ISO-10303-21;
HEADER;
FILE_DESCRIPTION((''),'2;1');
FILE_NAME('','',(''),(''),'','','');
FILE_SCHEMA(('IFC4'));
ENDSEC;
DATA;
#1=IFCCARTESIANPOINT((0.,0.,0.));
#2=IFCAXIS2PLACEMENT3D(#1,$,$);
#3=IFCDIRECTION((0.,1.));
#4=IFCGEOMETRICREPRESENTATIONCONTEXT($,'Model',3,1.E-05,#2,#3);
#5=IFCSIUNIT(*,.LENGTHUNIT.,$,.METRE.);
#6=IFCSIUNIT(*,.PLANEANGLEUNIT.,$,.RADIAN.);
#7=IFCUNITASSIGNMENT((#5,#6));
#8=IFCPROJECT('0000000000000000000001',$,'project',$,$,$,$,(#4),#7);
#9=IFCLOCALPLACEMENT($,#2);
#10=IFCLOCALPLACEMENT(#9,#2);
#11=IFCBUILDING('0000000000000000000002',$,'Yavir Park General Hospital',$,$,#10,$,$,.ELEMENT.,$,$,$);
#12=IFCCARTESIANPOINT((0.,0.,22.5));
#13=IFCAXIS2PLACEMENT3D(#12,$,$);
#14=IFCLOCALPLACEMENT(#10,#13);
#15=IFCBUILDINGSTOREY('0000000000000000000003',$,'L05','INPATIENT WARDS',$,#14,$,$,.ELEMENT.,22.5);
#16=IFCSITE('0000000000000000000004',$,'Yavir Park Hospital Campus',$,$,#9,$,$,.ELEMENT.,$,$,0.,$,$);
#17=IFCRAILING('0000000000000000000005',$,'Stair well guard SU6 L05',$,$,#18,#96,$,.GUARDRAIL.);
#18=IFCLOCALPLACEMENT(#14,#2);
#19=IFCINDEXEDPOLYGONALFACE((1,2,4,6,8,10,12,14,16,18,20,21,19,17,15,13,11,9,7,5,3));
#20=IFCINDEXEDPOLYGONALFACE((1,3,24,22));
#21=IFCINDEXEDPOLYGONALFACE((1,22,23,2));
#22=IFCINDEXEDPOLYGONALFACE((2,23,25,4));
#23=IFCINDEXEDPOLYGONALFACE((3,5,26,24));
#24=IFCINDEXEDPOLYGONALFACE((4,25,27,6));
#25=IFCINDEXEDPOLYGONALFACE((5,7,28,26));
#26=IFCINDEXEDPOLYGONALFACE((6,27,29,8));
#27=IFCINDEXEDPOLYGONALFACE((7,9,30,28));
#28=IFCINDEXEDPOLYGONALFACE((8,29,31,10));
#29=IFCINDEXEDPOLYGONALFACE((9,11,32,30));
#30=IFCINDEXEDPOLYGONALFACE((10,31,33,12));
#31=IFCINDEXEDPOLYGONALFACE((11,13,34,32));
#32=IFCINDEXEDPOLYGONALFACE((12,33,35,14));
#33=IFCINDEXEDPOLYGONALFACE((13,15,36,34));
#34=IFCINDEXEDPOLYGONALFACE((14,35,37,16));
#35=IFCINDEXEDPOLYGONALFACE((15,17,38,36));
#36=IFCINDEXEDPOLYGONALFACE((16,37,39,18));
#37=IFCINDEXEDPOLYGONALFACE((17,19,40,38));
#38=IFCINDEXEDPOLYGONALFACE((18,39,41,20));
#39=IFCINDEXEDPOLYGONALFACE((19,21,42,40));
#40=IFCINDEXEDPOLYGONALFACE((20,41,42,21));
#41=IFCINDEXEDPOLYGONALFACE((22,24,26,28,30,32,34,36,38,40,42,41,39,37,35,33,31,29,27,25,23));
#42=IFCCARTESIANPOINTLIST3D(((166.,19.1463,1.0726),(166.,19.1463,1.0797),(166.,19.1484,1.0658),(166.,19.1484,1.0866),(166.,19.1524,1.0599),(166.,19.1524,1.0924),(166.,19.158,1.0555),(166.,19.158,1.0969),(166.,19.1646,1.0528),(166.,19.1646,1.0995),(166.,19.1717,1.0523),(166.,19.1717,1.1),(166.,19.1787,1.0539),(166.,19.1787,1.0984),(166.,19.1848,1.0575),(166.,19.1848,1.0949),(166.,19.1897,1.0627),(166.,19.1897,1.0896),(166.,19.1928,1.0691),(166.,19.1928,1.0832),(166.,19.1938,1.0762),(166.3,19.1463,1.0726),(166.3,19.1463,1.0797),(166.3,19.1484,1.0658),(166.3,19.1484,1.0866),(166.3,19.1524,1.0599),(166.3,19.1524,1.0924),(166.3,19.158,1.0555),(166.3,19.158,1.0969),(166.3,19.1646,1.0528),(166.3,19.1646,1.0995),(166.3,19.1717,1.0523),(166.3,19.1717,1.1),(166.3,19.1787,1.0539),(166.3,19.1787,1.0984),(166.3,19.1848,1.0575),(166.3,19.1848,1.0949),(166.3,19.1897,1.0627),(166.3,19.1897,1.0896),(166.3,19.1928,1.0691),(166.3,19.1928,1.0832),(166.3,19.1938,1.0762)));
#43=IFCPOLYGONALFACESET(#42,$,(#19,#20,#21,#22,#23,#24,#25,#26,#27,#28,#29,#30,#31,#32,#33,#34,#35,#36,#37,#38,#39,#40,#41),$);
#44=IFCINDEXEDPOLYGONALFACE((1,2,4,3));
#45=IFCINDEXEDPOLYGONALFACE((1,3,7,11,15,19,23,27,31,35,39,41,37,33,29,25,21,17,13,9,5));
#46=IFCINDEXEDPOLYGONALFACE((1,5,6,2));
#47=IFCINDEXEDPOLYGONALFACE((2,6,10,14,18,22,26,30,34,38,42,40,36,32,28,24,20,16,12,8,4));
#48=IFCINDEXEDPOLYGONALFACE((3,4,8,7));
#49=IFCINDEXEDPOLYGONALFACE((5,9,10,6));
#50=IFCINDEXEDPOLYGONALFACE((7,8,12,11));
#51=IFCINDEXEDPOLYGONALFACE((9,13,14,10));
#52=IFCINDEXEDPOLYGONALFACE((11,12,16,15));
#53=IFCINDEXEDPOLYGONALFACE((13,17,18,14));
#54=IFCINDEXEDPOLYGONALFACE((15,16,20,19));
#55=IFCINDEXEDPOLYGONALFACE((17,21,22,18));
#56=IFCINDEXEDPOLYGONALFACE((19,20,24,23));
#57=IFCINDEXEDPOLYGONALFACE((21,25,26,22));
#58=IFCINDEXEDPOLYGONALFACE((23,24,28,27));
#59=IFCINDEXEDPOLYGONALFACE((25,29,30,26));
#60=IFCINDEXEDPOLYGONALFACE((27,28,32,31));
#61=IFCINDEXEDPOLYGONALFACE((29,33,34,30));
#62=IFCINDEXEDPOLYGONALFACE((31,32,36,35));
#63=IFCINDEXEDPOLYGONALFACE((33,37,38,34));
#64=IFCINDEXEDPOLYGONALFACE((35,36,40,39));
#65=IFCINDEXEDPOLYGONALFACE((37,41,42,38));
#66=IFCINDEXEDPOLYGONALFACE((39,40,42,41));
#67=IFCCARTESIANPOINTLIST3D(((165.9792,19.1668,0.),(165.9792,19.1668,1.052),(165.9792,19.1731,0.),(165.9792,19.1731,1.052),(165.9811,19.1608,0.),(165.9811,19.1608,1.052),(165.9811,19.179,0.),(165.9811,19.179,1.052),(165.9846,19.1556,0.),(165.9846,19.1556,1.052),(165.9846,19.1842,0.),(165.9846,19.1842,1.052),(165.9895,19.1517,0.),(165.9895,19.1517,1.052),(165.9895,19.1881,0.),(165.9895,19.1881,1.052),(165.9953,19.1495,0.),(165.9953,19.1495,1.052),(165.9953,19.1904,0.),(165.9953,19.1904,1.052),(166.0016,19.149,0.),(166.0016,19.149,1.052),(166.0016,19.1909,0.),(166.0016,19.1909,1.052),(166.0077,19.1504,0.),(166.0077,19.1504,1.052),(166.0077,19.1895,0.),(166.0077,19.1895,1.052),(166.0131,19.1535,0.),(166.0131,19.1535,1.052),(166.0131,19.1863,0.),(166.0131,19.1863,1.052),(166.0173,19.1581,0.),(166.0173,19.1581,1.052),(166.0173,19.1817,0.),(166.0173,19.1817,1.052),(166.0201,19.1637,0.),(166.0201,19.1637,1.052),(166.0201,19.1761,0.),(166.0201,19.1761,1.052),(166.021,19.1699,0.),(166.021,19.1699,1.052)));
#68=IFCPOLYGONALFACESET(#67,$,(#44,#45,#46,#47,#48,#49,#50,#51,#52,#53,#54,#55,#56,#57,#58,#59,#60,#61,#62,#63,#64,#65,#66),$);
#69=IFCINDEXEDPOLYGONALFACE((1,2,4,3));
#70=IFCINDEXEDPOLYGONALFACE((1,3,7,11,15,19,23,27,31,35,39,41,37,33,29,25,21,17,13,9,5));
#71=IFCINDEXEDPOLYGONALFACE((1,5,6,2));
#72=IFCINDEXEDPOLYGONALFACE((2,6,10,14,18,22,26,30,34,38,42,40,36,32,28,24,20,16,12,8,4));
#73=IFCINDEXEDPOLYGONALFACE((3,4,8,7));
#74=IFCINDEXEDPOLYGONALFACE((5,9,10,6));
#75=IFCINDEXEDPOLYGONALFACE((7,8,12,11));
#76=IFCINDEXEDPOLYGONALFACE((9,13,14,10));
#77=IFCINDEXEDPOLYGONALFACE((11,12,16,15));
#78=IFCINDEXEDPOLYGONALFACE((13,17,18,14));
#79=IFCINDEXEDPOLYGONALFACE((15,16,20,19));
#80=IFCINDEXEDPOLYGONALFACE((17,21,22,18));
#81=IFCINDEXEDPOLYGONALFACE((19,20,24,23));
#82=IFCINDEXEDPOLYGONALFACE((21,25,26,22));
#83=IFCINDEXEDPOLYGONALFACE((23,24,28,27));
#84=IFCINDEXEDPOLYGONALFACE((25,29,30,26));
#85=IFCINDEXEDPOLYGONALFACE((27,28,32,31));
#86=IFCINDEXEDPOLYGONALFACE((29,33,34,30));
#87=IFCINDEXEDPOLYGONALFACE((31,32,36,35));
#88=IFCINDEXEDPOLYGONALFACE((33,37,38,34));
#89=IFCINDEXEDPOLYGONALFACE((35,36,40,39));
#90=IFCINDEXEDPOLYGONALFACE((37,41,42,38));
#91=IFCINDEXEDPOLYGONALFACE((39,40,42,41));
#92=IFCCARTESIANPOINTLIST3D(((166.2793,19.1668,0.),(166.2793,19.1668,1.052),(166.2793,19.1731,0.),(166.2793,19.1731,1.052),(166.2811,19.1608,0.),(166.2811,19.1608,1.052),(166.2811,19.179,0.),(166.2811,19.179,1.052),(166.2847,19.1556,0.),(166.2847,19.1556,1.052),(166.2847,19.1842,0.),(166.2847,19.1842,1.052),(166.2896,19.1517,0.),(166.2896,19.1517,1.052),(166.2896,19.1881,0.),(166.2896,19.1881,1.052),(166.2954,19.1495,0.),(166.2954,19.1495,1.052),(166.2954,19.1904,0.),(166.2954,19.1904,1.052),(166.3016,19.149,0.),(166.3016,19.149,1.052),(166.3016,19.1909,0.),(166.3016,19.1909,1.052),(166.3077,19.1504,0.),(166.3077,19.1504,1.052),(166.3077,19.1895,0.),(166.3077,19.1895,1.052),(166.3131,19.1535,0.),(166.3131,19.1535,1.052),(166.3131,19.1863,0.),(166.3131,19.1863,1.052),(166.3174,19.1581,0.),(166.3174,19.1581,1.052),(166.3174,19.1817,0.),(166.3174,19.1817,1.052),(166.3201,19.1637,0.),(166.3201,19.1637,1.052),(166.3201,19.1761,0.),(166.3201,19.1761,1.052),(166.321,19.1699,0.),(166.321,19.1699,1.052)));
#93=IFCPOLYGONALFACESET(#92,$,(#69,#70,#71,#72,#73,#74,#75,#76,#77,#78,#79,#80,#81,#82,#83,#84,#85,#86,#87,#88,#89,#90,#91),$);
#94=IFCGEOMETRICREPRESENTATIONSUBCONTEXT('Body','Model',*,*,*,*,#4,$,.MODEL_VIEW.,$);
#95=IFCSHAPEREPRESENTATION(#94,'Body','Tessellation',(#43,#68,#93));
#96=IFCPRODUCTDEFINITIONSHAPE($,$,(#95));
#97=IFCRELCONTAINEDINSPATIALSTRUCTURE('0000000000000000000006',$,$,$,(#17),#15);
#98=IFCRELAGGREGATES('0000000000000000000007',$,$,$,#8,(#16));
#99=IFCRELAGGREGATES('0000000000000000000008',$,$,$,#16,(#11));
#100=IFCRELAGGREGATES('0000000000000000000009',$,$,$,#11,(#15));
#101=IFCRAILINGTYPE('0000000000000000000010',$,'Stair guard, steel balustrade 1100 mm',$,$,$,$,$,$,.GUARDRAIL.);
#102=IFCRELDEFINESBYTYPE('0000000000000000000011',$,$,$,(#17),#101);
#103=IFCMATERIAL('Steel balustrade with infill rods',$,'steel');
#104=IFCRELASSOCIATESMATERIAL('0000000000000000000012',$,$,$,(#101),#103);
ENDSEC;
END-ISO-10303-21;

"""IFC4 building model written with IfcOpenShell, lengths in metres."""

from ifc_helpers import new_model, si_unit, direction, frame, origin, origin_2d, place, context, subcontext, project, spatial, circle, extrude, material, type_object, element, save


model = new_model("IFC4")

# Units and contexts
model_context = context("Model", 3, precision=1e-05, world=origin(), true_north=direction((0.0, 1.0)))
body_context = subcontext(model_context, "Body", "Model", "MODEL_VIEW")
ifc_project = project(units=[si_unit("LENGTHUNIT", "METRE"), si_unit("PLANEANGLEUNIT", "RADIAN")], contexts=[model_context])

# Site, building, storey
site_placement = place(None, origin())
site = spatial("IfcSite", under=ifc_project, at=site_placement, Name="Yavir Park Hospital Campus", CompositionType="ELEMENT", RefElevation=0.0)
building_placement = place(site_placement, origin())
building = spatial("IfcBuilding", under=site, at=building_placement, Name="Yavir Park General Hospital", CompositionType="ELEMENT")
storey_placement = place(building_placement, frame((0.0, 0.0, 22.5)))
storey = spatial("IfcBuildingStorey", under=building, at=storey_placement, Name="L05", Description="INPATIENT WARDS", CompositionType="ELEMENT", Elevation=22.5)

# Railing
ifc_material_1 = material(Name="Steel balustrade with infill rods", Category="steel")
railing_type_1 = type_object("IfcRailingType", Name="Stair guard, steel balustrade 1100 mm", PredefinedType="GUARDRAIL", material=ifc_material_1)
railing_placement = place(storey_placement, frame((166.0, 19.1699, 0.0)))
element("IfcRailing", 1, at=railing_placement, inside=storey, type_object=railing_type_1, Name="Stair well guard SU6 L05", PredefinedType="GUARDRAIL", context=body_context, shape_type="SweptSolid", body=[
    extrude(circle(Radius=0.0239, at=origin_2d()), frame((0.0, 0.0, 1.0762), z_axis=(1.0, 0.0, 0.0), x_axis=(0.0, 1.0, 0.0)), (0.0, 0.0, 1.0), 0.3),
    extrude(circle(Radius=0.021, at=origin_2d()), origin(), (0.0, 0.0, 1.0), 1.052),
    extrude(circle(Radius=0.021, at=origin_2d()), frame((0.3, 0.0, 0.0)), (0.0, 0.0, 1.0), 1.052),
])

save(model, "model.ifc")
